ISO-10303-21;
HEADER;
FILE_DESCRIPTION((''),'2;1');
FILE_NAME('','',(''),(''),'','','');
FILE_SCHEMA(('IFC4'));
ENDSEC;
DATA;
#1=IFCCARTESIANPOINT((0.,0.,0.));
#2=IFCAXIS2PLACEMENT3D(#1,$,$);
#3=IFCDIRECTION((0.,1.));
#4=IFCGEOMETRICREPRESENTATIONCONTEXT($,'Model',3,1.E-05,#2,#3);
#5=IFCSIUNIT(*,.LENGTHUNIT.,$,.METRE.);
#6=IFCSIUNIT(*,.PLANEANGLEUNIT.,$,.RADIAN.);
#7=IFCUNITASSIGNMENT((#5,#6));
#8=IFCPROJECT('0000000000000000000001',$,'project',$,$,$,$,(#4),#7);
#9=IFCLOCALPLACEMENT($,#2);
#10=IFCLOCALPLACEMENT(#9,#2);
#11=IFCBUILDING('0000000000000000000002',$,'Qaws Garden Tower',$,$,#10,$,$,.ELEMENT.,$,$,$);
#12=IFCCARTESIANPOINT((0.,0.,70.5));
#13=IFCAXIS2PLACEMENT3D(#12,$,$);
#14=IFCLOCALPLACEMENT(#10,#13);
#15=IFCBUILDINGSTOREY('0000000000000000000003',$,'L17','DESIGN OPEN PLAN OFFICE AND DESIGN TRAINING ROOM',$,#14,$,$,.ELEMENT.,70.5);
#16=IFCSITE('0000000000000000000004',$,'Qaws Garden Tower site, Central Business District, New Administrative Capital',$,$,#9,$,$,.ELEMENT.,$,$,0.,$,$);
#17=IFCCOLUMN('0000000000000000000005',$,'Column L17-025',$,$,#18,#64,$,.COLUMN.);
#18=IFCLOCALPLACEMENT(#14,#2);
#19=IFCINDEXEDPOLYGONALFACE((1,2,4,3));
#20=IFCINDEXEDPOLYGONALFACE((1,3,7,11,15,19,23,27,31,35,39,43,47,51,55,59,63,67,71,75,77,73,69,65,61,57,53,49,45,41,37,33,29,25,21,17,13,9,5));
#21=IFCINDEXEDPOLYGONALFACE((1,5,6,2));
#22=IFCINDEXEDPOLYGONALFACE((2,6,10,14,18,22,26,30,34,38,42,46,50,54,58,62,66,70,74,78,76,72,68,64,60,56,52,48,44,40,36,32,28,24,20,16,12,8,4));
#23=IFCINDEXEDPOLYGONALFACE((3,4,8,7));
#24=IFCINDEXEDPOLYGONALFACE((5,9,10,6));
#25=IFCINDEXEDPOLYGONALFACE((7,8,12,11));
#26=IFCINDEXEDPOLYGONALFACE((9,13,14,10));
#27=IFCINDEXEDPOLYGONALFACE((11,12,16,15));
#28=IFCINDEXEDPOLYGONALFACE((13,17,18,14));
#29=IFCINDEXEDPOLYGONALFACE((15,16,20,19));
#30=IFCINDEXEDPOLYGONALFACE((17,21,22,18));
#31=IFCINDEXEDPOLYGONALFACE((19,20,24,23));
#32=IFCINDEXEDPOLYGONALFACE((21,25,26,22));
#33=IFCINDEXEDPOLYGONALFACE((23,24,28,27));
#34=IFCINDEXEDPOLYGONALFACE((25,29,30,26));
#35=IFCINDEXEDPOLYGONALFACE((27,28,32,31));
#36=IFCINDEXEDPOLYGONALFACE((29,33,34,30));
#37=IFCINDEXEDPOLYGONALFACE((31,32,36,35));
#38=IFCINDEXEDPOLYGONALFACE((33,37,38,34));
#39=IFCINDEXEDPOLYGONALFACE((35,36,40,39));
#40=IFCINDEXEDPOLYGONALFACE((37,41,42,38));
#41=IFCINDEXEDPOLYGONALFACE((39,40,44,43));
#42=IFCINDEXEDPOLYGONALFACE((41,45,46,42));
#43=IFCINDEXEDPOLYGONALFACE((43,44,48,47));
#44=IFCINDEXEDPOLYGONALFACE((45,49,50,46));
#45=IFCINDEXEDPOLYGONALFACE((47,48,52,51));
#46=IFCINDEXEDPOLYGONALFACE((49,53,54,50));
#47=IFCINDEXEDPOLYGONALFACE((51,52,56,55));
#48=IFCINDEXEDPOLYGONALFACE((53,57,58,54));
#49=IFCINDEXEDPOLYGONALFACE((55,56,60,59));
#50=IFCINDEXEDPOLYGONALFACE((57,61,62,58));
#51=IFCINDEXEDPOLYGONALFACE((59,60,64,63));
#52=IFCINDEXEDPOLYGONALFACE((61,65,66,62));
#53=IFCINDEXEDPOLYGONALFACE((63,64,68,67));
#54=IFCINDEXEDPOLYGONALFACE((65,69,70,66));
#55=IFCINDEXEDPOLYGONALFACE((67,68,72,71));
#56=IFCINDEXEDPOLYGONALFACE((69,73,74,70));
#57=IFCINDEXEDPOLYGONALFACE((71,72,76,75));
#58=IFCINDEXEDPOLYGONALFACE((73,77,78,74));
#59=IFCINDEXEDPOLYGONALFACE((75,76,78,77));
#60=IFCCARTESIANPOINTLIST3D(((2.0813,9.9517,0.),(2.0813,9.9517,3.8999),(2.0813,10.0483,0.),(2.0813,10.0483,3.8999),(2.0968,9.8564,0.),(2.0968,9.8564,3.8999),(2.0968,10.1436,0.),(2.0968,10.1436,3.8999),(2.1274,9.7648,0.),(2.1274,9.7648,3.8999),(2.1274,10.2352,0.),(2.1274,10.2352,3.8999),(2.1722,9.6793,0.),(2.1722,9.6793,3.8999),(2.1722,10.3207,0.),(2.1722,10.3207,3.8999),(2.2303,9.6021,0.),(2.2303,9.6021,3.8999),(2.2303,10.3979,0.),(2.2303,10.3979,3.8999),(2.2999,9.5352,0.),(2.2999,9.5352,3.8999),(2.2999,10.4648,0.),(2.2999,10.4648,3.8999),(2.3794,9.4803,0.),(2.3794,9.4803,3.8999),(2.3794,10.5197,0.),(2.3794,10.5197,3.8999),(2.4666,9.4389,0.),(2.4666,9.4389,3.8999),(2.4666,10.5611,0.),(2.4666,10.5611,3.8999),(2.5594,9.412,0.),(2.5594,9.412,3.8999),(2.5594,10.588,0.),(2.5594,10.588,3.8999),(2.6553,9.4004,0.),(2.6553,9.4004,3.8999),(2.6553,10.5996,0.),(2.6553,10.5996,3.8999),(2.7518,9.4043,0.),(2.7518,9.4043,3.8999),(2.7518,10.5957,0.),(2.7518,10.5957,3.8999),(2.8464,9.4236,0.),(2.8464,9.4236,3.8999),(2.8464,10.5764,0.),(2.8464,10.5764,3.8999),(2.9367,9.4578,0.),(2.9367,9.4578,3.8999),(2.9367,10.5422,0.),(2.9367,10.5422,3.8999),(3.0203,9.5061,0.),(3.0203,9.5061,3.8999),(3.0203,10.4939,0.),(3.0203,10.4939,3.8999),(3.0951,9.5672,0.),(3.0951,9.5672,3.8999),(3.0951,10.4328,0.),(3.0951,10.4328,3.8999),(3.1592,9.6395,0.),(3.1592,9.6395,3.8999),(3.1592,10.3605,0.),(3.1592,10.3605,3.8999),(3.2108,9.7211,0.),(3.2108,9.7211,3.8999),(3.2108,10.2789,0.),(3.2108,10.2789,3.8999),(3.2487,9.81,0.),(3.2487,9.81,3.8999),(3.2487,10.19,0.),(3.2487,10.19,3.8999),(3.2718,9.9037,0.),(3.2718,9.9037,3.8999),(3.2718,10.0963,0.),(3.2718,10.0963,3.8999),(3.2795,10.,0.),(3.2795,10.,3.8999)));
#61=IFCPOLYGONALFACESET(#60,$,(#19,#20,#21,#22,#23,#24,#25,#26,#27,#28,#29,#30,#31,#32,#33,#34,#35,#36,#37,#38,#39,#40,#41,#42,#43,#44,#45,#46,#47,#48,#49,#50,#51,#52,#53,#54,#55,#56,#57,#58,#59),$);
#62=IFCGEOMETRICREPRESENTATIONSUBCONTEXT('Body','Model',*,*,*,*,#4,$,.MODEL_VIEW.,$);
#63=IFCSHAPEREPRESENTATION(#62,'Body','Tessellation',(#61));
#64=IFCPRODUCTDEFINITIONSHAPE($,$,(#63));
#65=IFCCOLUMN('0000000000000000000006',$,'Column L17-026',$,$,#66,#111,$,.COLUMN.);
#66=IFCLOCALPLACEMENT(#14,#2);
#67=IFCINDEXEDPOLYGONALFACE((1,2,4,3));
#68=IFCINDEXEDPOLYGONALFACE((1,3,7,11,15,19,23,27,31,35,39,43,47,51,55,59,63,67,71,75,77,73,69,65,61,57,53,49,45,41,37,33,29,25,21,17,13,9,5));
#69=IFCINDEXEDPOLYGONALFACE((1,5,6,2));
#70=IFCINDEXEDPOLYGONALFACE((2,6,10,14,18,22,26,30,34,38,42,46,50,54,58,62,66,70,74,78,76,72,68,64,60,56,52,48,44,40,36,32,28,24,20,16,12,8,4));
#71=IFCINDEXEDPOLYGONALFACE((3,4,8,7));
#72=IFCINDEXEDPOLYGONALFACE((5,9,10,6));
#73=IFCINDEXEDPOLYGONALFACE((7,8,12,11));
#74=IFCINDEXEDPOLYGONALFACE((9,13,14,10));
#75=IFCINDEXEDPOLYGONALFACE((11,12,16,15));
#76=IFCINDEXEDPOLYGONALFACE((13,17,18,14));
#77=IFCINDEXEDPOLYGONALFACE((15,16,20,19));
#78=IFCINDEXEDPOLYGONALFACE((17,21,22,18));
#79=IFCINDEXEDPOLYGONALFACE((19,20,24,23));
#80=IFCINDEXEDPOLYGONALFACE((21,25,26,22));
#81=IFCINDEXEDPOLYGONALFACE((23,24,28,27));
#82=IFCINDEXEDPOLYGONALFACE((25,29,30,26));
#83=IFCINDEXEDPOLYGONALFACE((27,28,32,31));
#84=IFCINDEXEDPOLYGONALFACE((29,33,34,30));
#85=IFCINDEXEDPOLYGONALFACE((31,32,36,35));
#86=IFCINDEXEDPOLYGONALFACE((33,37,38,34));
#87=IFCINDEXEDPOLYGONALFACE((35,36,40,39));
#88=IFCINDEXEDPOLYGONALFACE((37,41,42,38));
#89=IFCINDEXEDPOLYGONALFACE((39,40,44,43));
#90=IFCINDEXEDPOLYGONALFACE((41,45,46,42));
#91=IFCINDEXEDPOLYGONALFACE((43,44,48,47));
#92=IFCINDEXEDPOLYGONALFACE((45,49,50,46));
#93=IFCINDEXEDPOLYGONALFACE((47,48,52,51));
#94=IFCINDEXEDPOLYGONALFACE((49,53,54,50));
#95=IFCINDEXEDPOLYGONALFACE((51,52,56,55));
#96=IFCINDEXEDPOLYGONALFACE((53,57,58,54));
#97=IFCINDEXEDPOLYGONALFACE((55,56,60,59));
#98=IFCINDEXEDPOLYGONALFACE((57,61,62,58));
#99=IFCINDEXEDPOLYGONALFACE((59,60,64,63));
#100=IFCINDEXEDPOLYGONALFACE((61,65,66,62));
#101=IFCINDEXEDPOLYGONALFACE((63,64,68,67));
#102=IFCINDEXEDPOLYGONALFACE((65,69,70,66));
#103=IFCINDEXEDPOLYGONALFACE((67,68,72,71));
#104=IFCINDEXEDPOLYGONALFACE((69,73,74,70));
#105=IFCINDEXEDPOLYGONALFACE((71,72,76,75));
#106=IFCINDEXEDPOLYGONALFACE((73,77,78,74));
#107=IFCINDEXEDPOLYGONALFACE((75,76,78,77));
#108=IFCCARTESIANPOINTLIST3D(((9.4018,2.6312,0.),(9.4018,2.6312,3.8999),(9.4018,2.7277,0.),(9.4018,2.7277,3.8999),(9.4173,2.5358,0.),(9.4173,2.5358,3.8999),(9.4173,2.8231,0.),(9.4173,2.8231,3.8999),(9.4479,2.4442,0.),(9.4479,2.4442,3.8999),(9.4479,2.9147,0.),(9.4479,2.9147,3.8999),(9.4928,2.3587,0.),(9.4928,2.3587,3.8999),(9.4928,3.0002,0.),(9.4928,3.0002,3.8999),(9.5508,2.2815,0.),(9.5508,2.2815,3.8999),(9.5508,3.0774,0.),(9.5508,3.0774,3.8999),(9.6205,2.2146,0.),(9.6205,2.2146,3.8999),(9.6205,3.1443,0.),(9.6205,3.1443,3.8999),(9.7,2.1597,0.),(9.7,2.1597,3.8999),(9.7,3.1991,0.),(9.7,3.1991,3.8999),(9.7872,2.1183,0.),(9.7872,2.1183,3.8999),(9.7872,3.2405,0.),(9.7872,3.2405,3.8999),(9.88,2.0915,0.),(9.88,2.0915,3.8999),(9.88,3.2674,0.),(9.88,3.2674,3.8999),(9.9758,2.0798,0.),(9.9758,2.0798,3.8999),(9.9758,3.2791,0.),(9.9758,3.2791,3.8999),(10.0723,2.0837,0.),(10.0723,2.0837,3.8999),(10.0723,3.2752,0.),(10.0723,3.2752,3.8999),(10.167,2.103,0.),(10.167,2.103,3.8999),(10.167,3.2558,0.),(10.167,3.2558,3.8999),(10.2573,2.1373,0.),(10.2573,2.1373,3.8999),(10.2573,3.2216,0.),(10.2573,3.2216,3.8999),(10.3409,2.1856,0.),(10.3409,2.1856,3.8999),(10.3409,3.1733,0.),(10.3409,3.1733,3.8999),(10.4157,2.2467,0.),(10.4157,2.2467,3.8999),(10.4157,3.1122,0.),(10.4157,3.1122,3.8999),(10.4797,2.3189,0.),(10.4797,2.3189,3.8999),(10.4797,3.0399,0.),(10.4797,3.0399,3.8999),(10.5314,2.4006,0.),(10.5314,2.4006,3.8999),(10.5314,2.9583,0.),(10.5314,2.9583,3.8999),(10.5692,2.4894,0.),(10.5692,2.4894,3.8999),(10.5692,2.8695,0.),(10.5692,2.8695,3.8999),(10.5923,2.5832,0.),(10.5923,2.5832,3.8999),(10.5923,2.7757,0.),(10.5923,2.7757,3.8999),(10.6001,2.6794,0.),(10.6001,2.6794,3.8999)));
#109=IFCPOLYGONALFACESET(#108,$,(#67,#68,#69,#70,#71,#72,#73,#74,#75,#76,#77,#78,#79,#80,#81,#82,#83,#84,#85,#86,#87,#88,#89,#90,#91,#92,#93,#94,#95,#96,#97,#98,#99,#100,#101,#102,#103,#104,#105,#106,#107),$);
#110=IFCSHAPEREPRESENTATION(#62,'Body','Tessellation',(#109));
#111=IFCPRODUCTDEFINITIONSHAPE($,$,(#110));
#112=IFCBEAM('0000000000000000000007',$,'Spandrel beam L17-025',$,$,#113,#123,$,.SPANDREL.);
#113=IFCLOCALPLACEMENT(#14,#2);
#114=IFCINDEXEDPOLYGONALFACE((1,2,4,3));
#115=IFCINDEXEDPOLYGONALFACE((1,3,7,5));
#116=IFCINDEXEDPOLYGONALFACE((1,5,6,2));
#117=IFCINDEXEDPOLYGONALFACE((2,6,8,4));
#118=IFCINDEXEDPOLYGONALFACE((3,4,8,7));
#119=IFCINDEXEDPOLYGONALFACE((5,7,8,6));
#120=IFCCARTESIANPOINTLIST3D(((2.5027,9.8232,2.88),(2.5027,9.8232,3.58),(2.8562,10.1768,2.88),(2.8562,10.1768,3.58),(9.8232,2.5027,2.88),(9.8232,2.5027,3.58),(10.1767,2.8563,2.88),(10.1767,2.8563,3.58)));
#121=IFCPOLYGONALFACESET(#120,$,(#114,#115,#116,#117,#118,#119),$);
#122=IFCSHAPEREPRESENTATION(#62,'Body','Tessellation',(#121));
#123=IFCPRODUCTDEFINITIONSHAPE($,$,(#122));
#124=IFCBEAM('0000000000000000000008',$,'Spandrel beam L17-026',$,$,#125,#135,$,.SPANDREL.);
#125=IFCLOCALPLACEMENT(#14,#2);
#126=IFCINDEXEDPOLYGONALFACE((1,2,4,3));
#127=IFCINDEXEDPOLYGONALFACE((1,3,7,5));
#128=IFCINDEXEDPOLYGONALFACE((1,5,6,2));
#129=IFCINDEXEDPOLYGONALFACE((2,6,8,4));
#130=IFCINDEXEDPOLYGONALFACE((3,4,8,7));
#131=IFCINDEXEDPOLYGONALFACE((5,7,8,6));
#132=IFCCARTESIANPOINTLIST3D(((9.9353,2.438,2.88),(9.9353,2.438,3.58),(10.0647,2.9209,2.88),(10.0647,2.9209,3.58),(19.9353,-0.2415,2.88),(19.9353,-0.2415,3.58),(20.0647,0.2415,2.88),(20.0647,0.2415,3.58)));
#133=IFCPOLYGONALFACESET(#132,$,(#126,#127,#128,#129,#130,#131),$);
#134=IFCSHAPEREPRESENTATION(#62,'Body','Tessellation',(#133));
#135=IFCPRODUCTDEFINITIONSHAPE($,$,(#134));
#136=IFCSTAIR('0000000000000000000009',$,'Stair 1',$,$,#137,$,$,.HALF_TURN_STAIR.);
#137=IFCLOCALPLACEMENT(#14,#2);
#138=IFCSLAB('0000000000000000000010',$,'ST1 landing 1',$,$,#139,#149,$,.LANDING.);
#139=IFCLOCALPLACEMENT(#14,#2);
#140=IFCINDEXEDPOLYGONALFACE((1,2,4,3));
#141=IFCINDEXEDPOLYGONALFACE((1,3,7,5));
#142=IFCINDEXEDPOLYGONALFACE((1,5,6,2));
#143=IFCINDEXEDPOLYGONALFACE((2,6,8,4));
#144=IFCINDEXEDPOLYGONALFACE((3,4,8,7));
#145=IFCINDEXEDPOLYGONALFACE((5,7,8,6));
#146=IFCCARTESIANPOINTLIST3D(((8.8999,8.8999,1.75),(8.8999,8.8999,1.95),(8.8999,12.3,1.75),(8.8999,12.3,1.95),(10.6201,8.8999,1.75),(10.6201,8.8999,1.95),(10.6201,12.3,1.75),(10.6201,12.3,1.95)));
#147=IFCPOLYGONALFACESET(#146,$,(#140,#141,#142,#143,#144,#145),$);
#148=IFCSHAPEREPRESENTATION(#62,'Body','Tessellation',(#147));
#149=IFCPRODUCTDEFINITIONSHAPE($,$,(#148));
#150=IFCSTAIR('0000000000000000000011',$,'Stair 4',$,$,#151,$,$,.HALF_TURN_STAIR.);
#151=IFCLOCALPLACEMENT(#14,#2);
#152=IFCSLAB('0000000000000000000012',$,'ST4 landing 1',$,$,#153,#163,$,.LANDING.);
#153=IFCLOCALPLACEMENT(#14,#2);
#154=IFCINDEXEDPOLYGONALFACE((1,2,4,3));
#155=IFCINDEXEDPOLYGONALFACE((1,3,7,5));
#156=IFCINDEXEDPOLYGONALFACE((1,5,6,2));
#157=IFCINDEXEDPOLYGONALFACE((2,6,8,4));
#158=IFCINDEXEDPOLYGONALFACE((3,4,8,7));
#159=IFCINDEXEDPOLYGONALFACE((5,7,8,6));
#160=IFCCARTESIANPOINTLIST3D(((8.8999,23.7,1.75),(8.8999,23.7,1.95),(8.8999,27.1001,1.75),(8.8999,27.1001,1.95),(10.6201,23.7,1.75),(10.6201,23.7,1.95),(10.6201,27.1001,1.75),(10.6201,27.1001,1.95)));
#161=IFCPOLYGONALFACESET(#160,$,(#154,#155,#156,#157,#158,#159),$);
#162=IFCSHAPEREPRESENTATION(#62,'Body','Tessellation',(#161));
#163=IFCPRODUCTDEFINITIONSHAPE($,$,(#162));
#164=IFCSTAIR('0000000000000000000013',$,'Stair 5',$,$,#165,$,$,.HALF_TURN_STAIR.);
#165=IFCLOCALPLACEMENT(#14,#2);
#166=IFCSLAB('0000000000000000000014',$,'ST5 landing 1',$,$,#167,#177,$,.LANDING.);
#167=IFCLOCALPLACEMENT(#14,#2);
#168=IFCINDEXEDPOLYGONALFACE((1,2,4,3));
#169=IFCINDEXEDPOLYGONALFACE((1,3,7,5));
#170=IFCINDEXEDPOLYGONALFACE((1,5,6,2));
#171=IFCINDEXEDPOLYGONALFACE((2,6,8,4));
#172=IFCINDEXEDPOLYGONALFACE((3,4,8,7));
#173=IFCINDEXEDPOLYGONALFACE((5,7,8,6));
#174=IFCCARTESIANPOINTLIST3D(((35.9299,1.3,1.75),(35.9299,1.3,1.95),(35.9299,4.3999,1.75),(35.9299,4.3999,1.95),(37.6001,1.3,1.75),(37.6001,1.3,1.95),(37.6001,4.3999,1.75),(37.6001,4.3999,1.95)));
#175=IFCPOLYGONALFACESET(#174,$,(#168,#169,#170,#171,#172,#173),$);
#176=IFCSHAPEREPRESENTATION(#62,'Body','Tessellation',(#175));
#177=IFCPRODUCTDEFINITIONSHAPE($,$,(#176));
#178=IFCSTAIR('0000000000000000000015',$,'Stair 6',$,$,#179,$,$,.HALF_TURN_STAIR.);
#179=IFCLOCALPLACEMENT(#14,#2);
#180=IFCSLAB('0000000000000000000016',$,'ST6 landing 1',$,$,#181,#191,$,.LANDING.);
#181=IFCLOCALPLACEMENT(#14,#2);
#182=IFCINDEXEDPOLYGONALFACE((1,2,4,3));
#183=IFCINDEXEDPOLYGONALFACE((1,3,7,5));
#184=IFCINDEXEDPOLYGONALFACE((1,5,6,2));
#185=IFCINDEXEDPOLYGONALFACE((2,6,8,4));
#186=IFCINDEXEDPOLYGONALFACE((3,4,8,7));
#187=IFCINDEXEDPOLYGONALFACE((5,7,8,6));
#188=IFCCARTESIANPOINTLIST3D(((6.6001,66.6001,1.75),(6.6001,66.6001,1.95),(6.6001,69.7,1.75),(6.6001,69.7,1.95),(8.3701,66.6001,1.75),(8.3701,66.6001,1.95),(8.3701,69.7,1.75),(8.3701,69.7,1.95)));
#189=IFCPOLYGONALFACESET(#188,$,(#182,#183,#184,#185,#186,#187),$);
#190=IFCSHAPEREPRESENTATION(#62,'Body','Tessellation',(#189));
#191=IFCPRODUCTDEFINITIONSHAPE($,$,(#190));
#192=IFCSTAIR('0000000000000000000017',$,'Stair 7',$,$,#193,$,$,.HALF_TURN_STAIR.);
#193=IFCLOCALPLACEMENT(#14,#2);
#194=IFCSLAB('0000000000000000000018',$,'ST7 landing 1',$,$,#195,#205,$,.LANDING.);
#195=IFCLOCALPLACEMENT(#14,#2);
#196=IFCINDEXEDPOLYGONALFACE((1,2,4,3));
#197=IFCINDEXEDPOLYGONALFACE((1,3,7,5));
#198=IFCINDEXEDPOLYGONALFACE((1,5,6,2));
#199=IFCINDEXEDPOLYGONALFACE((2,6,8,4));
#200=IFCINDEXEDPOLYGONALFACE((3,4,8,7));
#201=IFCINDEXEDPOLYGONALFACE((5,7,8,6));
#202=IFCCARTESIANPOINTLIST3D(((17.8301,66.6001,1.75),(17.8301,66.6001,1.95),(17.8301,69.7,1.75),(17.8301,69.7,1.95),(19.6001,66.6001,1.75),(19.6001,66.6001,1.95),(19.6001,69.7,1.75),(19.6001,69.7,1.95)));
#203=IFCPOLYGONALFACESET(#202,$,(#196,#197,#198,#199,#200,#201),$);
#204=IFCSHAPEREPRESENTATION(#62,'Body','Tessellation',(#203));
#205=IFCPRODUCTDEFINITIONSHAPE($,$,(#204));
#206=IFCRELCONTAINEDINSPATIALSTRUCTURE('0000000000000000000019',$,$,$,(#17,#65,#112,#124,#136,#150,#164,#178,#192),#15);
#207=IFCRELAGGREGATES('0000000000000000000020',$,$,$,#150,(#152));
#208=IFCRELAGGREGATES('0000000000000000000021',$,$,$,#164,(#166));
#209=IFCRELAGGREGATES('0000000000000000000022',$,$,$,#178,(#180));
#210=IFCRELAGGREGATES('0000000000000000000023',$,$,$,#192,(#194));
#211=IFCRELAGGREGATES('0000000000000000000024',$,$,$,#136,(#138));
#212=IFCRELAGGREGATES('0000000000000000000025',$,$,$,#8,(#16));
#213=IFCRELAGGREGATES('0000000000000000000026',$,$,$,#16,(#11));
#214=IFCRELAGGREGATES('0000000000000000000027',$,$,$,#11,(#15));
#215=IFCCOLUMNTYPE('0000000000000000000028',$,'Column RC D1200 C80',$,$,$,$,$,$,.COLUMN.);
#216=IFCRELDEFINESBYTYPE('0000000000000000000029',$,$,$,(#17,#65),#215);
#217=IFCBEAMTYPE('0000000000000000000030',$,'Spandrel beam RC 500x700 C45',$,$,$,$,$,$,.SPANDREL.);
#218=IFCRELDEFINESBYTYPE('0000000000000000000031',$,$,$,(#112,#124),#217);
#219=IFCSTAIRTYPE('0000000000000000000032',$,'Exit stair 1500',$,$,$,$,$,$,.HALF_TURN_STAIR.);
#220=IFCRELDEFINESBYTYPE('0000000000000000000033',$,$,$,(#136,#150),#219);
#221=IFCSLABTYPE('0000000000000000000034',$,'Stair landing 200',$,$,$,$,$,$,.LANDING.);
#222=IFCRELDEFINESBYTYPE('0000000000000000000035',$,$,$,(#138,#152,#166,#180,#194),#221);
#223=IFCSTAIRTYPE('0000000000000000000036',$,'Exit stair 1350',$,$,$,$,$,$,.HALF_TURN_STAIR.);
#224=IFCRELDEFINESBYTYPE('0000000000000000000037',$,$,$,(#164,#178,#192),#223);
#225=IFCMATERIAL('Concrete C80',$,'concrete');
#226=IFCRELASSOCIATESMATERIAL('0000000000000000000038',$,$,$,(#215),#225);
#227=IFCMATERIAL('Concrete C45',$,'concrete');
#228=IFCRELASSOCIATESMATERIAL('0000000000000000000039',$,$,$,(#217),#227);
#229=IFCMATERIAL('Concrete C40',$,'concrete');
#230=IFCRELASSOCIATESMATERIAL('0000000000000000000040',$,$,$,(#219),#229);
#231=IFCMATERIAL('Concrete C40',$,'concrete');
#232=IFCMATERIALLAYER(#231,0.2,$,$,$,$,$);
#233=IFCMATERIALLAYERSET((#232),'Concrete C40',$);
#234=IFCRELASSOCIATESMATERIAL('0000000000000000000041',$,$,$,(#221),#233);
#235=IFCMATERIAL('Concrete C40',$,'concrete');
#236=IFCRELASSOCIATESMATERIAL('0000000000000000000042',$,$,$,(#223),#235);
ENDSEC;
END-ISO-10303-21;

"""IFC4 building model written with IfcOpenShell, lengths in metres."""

from ifc_helpers import new_model, si_unit, direction, frame, origin, origin_2d, place, context, subcontext, project, spatial, polyline, rectangle, circle, outline, extrude, material, layer, layer_set, material_profile, profile_set, type_object, element, aggregate, save


model = new_model("IFC4")

# Units and contexts
model_context = context("Model", 3, precision=1e-05, world=origin(), true_north=direction((0.0, 1.0)))
body_context = subcontext(model_context, "Body", "Model", "MODEL_VIEW")
ifc_project = project(units=[si_unit("LENGTHUNIT", "METRE"), si_unit("PLANEANGLEUNIT", "RADIAN")], contexts=[model_context])

# Site, building, storey
site_placement = place(None, origin())
site = spatial("IfcSite", under=ifc_project, at=site_placement, Name="Qaws Garden Tower site, Central Business District, New Administrative Capital", CompositionType="ELEMENT", RefElevation=0.0)
building_placement = place(site_placement, origin())
building = spatial("IfcBuilding", under=site, at=building_placement, Name="Qaws Garden Tower", CompositionType="ELEMENT")
storey_placement = place(building_placement, frame((0.0, 0.0, 70.5)))
storey = spatial("IfcBuildingStorey", under=building, at=storey_placement, Name="L17", Description="DESIGN OPEN PLAN OFFICE AND DESIGN TRAINING ROOM", CompositionType="ELEMENT", Elevation=70.5)

# Columns
ifc_material_1 = material(Name="Concrete C80", Category="concrete")
ifc_material_profile_1 = material_profile(ifc_material_1, circle(Radius=0.6001, at=origin_2d()), Name="RC D1200")
ifc_profile_set_1 = profile_set([ifc_material_profile_1], Name="Concrete C80")
column_type = type_object("IfcColumnType", Name="Column RC D1200 C80", PredefinedType="COLUMN", material=ifc_profile_set_1)
for number, where, z_axis, x_axis, name in (
    (1, (2.6794, 10.0, 0.0), (0.0, 0.0, 1.0), (1.0, 0.0, 0.0), "Column L17-025"),
    (2, (10.0, 2.6794, 0.0), (0.0, 0.0, 1.0), (1.0, 0.0, 0.0), "Column L17-026"),
):
    element("IfcColumn", number, at=place(storey_placement, frame(where, z_axis=z_axis, x_axis=x_axis)), inside=storey, type_object=column_type, Name=name, PredefinedType="COLUMN", context=body_context, shape_type="SweptSolid", body=[
        extrude(circle(Radius=0.6001, at=origin_2d()), origin(), (0.0, 0.0, 1.0), 3.8999),
    ])

# Beams
ifc_material_2 = material(Name="Concrete C45", Category="concrete")
ifc_material_profile_2 = material_profile(ifc_material_2, rectangle(XDim=0.5, YDim=0.7, at=origin_2d()), Name="RC 500x700")
ifc_profile_set_2 = profile_set([ifc_material_profile_2], Name="Concrete C45")
beam_type = type_object("IfcBeamType", Name="Spandrel beam RC 500x700 C45", PredefinedType="SPANDREL", material=ifc_profile_set_2)
for number, where, z_axis, x_axis, name in (
    (3, (2.6794, 10.0, 3.23), (0.707107, -0.707107, 0.0), (0.707107, 0.707107, 0.0), "Spandrel beam L17-025"),
    (4, (10.0, 2.6794, 3.23), (0.965927, -0.258815, 0.0), (0.258815, 0.965927, 0.0), "Spandrel beam L17-026"),
):
    element("IfcBeam", number, at=place(storey_placement, frame(where, z_axis=z_axis, x_axis=x_axis)), inside=storey, type_object=beam_type, Name=name, PredefinedType="SPANDREL", context=body_context, shape_type="SweptSolid", body=[
        extrude(rectangle(XDim=0.5, YDim=0.7, at=origin_2d()), origin(), (0.0, 0.0, 1.0), 10.3528),
    ])

# Stairs, slabs
ifc_material_3 = material(Name="Concrete C40", Category="concrete")
stair_type_1 = type_object("IfcStairType", Name="Exit stair 1500", PredefinedType="HALF_TURN_STAIR", material=ifc_material_3)
placement_1 = place(storey_placement, origin())
stair_1 = element("IfcStair", 5, at=placement_1, inside=storey, type_object=stair_type_1, Name="Stair 1", PredefinedType="HALF_TURN_STAIR")
ifc_material_4 = material(Name="Concrete C40", Category="concrete")
ifc_layer_1 = layer(ifc_material_4, 0.2)
ifc_layer_set_1 = layer_set([ifc_layer_1], Name="Concrete C40")
slab_type = type_object("IfcSlabType", Name="Stair landing 200", PredefinedType="LANDING", material=ifc_layer_set_1)
placement_2 = place(storey_placement, frame((0.0, 0.0, 1.75)))
slab_1 = element("IfcSlab", 6, at=placement_2, type_object=slab_type, Name="ST1 landing 1", PredefinedType="LANDING", context=body_context, shape_type="SweptSolid", body=[
    extrude(outline(polyline([(8.8999, 8.8999), (10.6201, 8.8999), (10.6201, 12.3), (8.8999, 12.3), (8.8999, 8.8999)])), origin(), (0.0, 0.0, 1.0), 0.2),
])
stair_2 = element("IfcStair", 7, at=placement_1, inside=storey, type_object=stair_type_1, Name="Stair 4", PredefinedType="HALF_TURN_STAIR")
slab_2 = element("IfcSlab", 8, at=placement_2, type_object=slab_type, Name="ST4 landing 1", PredefinedType="LANDING", context=body_context, shape_type="SweptSolid", body=[
    extrude(outline(polyline([(8.8999, 23.7), (10.6201, 23.7), (10.6201, 27.1001), (8.8999, 27.1001), (8.8999, 23.7)])), origin(), (0.0, 0.0, 1.0), 0.2),
])
aggregate(stair_2, [slab_2])
ifc_material_5 = material(Name="Concrete C40", Category="concrete")
stair_type_2 = type_object("IfcStairType", Name="Exit stair 1350", PredefinedType="HALF_TURN_STAIR", material=ifc_material_5)
stair_3 = element("IfcStair", 9, at=placement_1, inside=storey, type_object=stair_type_2, Name="Stair 5", PredefinedType="HALF_TURN_STAIR")
slab_3 = element("IfcSlab", 10, at=placement_2, type_object=slab_type, Name="ST5 landing 1", PredefinedType="LANDING", context=body_context, shape_type="SweptSolid", body=[
    extrude(outline(polyline([(35.9299, 1.3), (37.6001, 1.3), (37.6001, 4.3999), (35.9299, 4.3999), (35.9299, 1.3)])), origin(), (0.0, 0.0, 1.0), 0.2),
])
aggregate(stair_3, [slab_3])
stair_4 = element("IfcStair", 11, at=placement_1, inside=storey, type_object=stair_type_2, Name="Stair 6", PredefinedType="HALF_TURN_STAIR")
slab_4 = element("IfcSlab", 12, at=placement_2, type_object=slab_type, Name="ST6 landing 1", PredefinedType="LANDING", context=body_context, shape_type="SweptSolid", body=[
    extrude(outline(polyline([(6.6001, 66.6001), (8.3701, 66.6001), (8.3701, 69.7), (6.6001, 69.7), (6.6001, 66.6001)])), origin(), (0.0, 0.0, 1.0), 0.2),
])
aggregate(stair_4, [slab_4])
stair_5 = element("IfcStair", 13, at=placement_1, inside=storey, type_object=stair_type_2, Name="Stair 7", PredefinedType="HALF_TURN_STAIR")
slab_5 = element("IfcSlab", 14, at=placement_2, type_object=slab_type, Name="ST7 landing 1", PredefinedType="LANDING", context=body_context, shape_type="SweptSolid", body=[
    extrude(outline(polyline([(17.8301, 66.6001), (19.6001, 66.6001), (19.6001, 69.7), (17.8301, 69.7), (17.8301, 66.6001)])), origin(), (0.0, 0.0, 1.0), 0.2),
])
aggregate(stair_5, [slab_5])

aggregate(stair_1, [slab_1])

save(model, "model.ifc")
